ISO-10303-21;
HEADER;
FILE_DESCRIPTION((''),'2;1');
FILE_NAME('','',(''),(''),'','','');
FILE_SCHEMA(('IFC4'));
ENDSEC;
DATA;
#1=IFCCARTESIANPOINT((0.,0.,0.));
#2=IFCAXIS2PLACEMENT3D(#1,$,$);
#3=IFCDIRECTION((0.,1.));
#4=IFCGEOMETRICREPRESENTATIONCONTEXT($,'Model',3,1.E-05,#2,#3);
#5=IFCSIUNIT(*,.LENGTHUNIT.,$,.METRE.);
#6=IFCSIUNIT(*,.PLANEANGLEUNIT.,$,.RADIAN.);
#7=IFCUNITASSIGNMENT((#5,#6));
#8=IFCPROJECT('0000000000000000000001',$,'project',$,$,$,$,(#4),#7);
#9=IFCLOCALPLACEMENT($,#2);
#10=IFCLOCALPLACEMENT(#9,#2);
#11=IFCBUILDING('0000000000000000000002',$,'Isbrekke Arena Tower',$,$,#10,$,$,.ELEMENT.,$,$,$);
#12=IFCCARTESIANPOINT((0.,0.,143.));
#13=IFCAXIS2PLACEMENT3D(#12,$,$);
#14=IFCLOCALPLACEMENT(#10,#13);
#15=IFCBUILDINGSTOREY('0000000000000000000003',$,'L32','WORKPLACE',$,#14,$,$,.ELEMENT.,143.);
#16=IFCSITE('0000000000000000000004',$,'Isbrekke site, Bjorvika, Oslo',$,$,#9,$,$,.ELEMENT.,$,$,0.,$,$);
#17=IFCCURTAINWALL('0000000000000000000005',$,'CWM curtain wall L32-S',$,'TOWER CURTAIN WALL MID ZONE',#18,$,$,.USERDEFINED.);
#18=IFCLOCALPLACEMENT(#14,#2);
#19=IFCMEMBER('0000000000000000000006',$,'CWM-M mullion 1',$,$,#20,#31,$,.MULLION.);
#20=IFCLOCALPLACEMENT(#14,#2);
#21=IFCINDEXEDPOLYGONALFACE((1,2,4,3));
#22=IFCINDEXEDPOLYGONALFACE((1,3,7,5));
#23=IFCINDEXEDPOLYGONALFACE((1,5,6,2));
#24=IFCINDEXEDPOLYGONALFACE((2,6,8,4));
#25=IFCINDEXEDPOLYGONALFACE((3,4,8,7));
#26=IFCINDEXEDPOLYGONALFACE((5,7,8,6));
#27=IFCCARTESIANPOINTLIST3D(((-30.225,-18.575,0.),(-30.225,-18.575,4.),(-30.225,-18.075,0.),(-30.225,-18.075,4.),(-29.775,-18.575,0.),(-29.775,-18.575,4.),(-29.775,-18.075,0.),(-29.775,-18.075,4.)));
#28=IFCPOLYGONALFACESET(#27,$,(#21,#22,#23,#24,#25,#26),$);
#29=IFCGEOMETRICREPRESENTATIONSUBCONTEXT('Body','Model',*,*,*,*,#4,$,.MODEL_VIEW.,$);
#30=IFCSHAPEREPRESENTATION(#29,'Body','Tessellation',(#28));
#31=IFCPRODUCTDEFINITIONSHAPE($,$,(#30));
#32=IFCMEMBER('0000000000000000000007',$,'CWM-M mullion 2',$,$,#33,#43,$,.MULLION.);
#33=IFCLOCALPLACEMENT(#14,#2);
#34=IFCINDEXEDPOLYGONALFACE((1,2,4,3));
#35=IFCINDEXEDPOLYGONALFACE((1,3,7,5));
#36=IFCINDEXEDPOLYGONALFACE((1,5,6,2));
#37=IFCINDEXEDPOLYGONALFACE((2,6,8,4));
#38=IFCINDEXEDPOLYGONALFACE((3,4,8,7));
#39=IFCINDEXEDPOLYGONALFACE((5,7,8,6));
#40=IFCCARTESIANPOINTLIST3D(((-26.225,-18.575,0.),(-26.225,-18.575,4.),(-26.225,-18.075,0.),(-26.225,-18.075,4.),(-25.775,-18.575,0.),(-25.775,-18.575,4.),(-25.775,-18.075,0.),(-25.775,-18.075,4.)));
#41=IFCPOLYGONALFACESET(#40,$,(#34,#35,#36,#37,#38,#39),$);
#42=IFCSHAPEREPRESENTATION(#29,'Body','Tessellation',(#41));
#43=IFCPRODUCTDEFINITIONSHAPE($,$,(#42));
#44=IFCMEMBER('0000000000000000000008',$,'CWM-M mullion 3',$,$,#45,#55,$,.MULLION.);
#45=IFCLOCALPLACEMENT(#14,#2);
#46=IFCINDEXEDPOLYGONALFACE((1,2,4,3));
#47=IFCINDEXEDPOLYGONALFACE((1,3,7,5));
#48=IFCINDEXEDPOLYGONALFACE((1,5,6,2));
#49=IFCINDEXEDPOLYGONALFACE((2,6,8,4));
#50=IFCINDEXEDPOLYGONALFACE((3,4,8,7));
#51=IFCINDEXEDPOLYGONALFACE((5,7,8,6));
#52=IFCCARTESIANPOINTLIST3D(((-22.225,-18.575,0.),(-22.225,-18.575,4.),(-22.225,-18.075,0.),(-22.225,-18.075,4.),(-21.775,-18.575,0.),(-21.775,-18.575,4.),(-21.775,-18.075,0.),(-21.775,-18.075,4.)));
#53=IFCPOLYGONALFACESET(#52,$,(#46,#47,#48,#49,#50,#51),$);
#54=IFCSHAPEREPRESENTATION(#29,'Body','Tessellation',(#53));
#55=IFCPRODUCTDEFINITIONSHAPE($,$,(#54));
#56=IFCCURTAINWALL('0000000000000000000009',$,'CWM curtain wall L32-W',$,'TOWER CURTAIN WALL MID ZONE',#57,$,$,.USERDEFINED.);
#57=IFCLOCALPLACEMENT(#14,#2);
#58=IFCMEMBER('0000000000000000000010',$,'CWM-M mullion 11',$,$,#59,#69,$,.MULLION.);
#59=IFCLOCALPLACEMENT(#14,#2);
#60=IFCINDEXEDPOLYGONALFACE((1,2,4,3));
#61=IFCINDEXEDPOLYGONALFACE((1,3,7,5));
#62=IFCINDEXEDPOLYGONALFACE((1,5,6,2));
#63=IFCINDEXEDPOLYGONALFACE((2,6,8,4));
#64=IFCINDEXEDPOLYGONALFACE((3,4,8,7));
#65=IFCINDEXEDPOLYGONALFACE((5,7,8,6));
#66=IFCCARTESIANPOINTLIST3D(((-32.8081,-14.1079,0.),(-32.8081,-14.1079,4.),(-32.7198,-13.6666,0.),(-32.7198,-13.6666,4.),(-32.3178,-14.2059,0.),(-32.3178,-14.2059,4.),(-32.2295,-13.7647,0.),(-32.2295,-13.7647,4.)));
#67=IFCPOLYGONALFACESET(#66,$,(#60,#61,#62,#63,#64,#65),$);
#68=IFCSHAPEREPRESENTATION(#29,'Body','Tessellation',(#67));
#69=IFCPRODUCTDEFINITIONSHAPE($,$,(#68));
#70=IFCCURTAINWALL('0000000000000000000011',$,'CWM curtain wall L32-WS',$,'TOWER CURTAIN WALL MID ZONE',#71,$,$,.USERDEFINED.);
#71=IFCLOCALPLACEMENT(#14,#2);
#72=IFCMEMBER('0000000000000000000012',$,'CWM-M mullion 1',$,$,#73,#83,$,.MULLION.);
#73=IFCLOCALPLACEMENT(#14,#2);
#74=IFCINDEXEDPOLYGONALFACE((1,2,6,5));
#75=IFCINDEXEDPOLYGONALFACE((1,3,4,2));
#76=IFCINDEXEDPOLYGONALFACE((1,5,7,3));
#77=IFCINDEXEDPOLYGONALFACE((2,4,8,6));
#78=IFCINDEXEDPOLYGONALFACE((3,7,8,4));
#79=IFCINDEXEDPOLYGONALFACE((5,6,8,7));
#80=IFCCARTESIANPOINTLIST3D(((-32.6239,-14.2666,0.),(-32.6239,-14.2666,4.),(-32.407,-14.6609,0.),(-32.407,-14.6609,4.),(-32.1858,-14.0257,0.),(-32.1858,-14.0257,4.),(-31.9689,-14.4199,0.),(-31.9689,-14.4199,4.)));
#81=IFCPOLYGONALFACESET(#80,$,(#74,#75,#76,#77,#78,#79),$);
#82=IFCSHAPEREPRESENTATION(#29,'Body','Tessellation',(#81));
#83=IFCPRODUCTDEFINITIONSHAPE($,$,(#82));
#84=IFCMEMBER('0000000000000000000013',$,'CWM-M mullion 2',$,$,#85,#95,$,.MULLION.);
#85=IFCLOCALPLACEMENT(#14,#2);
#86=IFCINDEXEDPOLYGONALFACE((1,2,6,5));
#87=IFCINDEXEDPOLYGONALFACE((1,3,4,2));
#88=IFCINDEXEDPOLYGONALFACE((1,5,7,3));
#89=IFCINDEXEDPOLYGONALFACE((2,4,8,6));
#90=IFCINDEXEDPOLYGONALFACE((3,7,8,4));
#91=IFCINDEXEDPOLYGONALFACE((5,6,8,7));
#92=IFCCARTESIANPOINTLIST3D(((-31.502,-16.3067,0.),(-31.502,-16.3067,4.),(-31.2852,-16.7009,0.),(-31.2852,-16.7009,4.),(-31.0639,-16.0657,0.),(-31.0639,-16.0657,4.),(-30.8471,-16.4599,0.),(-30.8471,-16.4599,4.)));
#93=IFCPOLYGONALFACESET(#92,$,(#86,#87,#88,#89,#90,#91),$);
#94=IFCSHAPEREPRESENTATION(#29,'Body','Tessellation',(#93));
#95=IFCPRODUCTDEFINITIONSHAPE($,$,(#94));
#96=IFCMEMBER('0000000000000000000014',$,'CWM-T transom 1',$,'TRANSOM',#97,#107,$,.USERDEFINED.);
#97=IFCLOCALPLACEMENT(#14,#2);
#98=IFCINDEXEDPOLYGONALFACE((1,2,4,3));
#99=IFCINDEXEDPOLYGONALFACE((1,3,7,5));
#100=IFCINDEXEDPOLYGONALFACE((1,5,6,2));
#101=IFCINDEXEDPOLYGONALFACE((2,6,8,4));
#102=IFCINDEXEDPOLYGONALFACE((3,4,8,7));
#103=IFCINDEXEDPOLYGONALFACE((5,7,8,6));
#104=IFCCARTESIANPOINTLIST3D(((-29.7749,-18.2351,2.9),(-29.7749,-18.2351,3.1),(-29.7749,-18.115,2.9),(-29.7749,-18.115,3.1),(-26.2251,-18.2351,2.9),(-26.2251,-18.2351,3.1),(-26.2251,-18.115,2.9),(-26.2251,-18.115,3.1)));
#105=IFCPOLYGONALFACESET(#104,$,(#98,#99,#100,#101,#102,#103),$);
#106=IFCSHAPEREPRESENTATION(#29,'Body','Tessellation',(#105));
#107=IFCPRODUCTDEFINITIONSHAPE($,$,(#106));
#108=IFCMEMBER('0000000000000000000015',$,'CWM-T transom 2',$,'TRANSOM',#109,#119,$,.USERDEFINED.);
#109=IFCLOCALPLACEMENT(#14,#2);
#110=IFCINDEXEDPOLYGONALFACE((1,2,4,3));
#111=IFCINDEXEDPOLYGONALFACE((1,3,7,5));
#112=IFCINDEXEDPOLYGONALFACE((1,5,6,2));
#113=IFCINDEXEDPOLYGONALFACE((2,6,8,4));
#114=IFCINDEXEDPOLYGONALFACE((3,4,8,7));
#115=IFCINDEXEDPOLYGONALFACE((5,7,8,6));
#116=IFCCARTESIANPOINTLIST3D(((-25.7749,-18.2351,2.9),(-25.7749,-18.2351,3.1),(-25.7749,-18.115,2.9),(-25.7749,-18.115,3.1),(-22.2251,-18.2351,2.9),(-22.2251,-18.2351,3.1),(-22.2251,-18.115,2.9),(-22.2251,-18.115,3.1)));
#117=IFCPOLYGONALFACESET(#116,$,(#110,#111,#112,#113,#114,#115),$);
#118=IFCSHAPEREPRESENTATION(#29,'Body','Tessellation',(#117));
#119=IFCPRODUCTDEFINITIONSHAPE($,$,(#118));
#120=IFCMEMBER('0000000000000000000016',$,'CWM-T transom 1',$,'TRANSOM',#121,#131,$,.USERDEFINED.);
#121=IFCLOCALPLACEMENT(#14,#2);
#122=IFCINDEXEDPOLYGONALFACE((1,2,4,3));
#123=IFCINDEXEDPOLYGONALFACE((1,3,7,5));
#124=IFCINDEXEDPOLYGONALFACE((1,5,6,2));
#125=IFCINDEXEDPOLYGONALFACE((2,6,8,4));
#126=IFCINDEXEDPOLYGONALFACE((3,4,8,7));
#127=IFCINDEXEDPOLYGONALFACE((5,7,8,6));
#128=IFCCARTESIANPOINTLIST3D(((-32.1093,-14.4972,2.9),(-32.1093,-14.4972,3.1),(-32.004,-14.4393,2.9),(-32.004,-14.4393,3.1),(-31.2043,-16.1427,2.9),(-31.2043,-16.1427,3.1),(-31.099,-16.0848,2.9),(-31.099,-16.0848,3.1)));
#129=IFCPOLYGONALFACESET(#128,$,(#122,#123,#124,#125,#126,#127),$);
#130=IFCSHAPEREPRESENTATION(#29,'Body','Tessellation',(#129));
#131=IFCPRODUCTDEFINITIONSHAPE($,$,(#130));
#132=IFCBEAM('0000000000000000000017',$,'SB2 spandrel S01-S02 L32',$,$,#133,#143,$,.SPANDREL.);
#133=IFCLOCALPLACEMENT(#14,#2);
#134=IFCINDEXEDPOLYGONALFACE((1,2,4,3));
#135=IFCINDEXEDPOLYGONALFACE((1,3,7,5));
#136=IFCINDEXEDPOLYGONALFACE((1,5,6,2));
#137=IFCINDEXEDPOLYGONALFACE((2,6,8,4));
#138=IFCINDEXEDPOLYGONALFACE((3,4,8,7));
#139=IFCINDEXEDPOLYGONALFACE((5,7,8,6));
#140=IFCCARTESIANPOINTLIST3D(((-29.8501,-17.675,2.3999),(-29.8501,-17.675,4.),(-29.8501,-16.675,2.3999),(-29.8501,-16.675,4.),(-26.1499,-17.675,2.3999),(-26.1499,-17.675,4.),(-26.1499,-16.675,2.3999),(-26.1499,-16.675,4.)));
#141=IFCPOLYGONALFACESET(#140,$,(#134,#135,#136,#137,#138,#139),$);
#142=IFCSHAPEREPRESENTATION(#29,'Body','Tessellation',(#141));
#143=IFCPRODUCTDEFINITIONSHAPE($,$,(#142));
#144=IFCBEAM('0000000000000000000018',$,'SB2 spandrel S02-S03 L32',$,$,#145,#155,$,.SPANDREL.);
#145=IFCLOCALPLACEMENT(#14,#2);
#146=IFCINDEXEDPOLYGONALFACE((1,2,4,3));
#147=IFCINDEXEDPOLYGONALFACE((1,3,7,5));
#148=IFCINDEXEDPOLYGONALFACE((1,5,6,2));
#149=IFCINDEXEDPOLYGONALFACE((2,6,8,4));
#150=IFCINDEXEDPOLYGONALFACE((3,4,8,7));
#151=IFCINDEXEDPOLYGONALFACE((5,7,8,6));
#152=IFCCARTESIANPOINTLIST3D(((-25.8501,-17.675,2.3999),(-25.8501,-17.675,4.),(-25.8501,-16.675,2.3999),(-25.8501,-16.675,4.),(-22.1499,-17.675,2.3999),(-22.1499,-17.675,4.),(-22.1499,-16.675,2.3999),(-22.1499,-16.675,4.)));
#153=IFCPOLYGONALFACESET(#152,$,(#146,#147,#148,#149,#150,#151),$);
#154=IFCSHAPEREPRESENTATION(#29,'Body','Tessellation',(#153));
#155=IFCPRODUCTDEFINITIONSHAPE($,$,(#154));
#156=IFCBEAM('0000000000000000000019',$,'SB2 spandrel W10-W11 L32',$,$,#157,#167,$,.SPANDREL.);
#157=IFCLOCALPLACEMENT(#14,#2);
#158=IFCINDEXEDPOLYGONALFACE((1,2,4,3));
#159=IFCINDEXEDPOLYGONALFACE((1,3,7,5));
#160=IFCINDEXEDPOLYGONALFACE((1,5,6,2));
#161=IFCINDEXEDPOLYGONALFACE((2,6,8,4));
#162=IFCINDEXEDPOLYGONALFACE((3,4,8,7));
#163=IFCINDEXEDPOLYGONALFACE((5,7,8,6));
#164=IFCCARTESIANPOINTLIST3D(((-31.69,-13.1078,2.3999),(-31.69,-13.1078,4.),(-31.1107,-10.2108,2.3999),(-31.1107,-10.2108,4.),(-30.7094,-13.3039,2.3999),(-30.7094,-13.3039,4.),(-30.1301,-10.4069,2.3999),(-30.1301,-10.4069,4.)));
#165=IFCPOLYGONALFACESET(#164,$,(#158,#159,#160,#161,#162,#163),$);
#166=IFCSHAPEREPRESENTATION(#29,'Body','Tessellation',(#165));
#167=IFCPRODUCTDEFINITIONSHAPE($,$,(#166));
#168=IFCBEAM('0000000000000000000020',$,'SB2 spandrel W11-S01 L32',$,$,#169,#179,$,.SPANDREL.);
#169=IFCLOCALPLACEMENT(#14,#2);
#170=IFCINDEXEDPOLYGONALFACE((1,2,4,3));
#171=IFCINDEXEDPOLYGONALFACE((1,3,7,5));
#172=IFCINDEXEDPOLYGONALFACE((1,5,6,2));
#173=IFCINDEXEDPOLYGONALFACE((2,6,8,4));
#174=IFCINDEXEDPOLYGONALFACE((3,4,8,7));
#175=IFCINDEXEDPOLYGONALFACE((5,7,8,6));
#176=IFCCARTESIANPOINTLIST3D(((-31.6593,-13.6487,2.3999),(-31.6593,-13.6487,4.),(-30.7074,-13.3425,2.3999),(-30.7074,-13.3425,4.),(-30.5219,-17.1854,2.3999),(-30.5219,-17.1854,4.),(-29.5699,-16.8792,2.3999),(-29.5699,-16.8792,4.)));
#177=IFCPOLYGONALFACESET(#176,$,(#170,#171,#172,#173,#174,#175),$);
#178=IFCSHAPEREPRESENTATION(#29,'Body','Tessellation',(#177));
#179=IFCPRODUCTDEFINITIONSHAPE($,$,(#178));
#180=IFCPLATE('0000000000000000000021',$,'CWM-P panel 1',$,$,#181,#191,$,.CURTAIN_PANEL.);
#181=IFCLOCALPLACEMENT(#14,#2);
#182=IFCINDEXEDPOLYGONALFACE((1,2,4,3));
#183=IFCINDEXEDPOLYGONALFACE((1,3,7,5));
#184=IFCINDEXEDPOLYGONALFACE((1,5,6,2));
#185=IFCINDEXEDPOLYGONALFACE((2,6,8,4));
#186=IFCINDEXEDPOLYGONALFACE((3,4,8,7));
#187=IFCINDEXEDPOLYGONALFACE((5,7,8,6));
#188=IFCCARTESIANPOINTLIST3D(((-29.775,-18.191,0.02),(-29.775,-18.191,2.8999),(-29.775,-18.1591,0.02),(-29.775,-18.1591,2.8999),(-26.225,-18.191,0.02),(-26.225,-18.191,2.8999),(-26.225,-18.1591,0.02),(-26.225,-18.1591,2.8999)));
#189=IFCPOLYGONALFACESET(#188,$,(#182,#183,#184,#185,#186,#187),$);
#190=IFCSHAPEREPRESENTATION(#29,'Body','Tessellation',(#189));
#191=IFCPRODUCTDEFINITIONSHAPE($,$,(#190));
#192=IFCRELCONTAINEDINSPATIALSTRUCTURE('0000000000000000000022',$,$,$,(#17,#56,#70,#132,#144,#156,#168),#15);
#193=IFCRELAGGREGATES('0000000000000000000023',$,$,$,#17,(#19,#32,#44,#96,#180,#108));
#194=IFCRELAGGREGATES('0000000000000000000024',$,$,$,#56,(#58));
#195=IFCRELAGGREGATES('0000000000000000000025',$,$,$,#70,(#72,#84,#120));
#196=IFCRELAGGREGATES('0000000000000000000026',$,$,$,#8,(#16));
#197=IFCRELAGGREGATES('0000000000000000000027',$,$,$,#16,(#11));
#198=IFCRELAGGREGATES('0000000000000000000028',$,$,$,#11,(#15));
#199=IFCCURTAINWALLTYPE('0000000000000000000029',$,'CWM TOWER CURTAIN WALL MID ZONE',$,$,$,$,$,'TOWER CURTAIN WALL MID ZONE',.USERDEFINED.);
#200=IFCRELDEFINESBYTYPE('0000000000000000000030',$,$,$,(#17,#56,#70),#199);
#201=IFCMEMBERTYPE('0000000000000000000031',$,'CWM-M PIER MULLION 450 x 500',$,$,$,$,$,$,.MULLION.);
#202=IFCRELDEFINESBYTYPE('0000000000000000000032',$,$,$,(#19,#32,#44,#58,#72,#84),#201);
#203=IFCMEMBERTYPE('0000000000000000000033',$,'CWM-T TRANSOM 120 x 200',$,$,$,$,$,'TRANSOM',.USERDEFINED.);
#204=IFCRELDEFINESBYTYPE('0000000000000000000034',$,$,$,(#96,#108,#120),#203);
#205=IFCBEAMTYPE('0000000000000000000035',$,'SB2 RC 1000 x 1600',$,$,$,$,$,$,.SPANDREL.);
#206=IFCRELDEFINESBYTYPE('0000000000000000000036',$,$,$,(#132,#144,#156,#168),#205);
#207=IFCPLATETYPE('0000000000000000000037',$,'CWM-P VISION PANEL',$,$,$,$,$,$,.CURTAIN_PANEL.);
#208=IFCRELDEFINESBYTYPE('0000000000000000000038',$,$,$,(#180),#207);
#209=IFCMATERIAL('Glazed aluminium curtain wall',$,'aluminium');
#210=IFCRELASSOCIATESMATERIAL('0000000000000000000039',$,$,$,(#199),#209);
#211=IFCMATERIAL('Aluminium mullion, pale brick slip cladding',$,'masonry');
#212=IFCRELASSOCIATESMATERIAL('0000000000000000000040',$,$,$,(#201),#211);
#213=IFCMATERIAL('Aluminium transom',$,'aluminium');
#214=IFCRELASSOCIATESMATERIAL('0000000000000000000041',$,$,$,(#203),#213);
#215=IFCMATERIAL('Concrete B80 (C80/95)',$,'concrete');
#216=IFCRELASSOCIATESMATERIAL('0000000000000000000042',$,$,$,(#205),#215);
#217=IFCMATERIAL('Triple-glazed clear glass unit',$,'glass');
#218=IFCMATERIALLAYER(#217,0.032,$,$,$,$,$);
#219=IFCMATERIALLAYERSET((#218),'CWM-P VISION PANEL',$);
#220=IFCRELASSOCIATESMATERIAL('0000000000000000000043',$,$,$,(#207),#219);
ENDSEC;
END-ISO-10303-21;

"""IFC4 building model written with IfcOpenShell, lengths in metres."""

from ifc_helpers import new_model, si_unit, direction, frame, origin, origin_2d, place, context, subcontext, project, spatial, rectangle, extrude, material, layer, layer_set, material_profile, profile_set, type_object, element, aggregate, save


model = new_model("IFC4")

# Units and contexts
model_context = context("Model", 3, precision=1e-05, world=origin(), true_north=direction((0.0, 1.0)))
body_context = subcontext(model_context, "Body", "Model", "MODEL_VIEW")
ifc_project = project(units=[si_unit("LENGTHUNIT", "METRE"), si_unit("PLANEANGLEUNIT", "RADIAN")], contexts=[model_context])

# Site, building, storey
site_placement = place(None, origin())
site = spatial("IfcSite", under=ifc_project, at=site_placement, Name="Isbrekke site, Bjorvika, Oslo", CompositionType="ELEMENT", RefElevation=0.0)
building_placement = place(site_placement, origin())
building = spatial("IfcBuilding", under=site, at=building_placement, Name="Isbrekke Arena Tower", CompositionType="ELEMENT")
storey_placement = place(building_placement, frame((0.0, 0.0, 143.0)))
storey = spatial("IfcBuildingStorey", under=building, at=storey_placement, Name="L32", Description="WORKPLACE", CompositionType="ELEMENT", Elevation=143.0)

# Curtain wall, members
ifc_material_1 = material(Name="Glazed aluminium curtain wall", Category="aluminium")
curtain_wall_type = type_object("IfcCurtainWallType", Name="CWM TOWER CURTAIN WALL MID ZONE", ElementType="TOWER CURTAIN WALL MID ZONE", PredefinedType="USERDEFINED", material=ifc_material_1)
curtain_wall_1_placement = place(storey_placement, origin())
curtain_wall_1 = element("IfcCurtainWall", 1, at=curtain_wall_1_placement, inside=storey, type_object=curtain_wall_type, Name="CWM curtain wall L32-S", ObjectType="TOWER CURTAIN WALL MID ZONE", PredefinedType="USERDEFINED")
ifc_material_2 = material(Name="Aluminium mullion, pale brick slip cladding", Category="masonry")
ifc_material_profile_1 = material_profile(ifc_material_2, rectangle(XDim=0.45, YDim=0.5, at=origin_2d()), Name="PIER 450X500")
ifc_profile_set_1 = profile_set([ifc_material_profile_1], Name="Aluminium mullion, pale brick slip cladding")
member_type_1 = type_object("IfcMemberType", Name="CWM-M PIER MULLION 450 x 500", PredefinedType="MULLION", material=ifc_profile_set_1)
member_1_placement = place(storey_placement, frame((-30.0, -18.325, 0.0), z_axis=(0.0, 0.0, 1.0), x_axis=(1.0, 0.0, 0.0)))
member_1 = element("IfcMember", 2, at=member_1_placement, type_object=member_type_1, Name="CWM-M mullion 1", PredefinedType="MULLION", context=body_context, shape_type="SweptSolid", body=[
    extrude(rectangle(XDim=0.45, YDim=0.5, at=origin_2d()), origin(), (0.0, 0.0, 1.0), 4.0),
])
member_2_placement = place(storey_placement, frame((-26.0, -18.325, 0.0), z_axis=(0.0, 0.0, 1.0), x_axis=(1.0, 0.0, 0.0)))
member_2 = element("IfcMember", 3, at=member_2_placement, type_object=member_type_1, Name="CWM-M mullion 2", PredefinedType="MULLION", context=body_context, shape_type="SweptSolid", body=[
    extrude(rectangle(XDim=0.45, YDim=0.5, at=origin_2d()), origin(), (0.0, 0.0, 1.0), 4.0),
])
member_3_placement = place(storey_placement, frame((-22.0, -18.325, 0.0), z_axis=(0.0, 0.0, 1.0), x_axis=(1.0, 0.0, 0.0)))
member_3 = element("IfcMember", 4, at=member_3_placement, type_object=member_type_1, Name="CWM-M mullion 3", PredefinedType="MULLION", context=body_context, shape_type="SweptSolid", body=[
    extrude(rectangle(XDim=0.45, YDim=0.5, at=origin_2d()), origin(), (0.0, 0.0, 1.0), 4.0),
])

# Curtain wall, member
curtain_wall_2_placement = place(storey_placement, origin())
curtain_wall_2 = element("IfcCurtainWall", 5, at=curtain_wall_2_placement, inside=storey, type_object=curtain_wall_type, Name="CWM curtain wall L32-W", ObjectType="TOWER CURTAIN WALL MID ZONE", PredefinedType="USERDEFINED")
member_4_placement = place(storey_placement, frame((-32.5188, -13.9363, 0.0), z_axis=(0.0, 0.0, 1.0), x_axis=(-0.196116, -0.980581, 0.0)))
member_4 = element("IfcMember", 6, at=member_4_placement, type_object=member_type_1, Name="CWM-M mullion 11", PredefinedType="MULLION", context=body_context, shape_type="SweptSolid", body=[
    extrude(rectangle(XDim=0.45, YDim=0.5, at=origin_2d()), origin(), (0.0, 0.0, 1.0), 4.0),
])

# Curtain wall, members
curtain_wall_3_placement = place(storey_placement, origin())
curtain_wall_3 = element("IfcCurtainWall", 7, at=curtain_wall_3_placement, inside=storey, type_object=curtain_wall_type, Name="CWM curtain wall L32-WS", ObjectType="TOWER CURTAIN WALL MID ZONE", PredefinedType="USERDEFINED")
member_5_placement = place(storey_placement, frame((-32.2964, -14.3433, 0.0), z_axis=(0.0, 0.0, 1.0), x_axis=(0.481919, -0.876216, 0.0)))
member_5 = element("IfcMember", 8, at=member_5_placement, type_object=member_type_1, Name="CWM-M mullion 1", PredefinedType="MULLION", context=body_context, shape_type="SweptSolid", body=[
    extrude(rectangle(XDim=0.45, YDim=0.5, at=origin_2d()), origin(), (0.0, 0.0, 1.0), 4.0),
])
member_6_placement = place(storey_placement, frame((-31.1746, -16.3833, 0.0), z_axis=(0.0, 0.0, 1.0), x_axis=(0.481919, -0.876216, 0.0)))
member_6 = element("IfcMember", 9, at=member_6_placement, type_object=member_type_1, Name="CWM-M mullion 2", PredefinedType="MULLION", context=body_context, shape_type="SweptSolid", body=[
    extrude(rectangle(XDim=0.45, YDim=0.5, at=origin_2d()), origin(), (0.0, 0.0, 1.0), 4.0),
])

# Members
ifc_material_3 = material(Name="Aluminium transom", Category="aluminium")
ifc_material_profile_2 = material_profile(ifc_material_3, rectangle(XDim=0.1201, YDim=0.2, at=origin_2d()), Name="TRANSOM 120X200")
ifc_profile_set_2 = profile_set([ifc_material_profile_2], Name="Aluminium transom")
member_type_2 = type_object("IfcMemberType", Name="CWM-T TRANSOM 120 x 200", ElementType="TRANSOM", PredefinedType="USERDEFINED", material=ifc_profile_set_2)
member_7_placement = place(storey_placement, frame((-29.7749, -18.175, 3.0), z_axis=(1.0, 0.0, 0.0), x_axis=(0.0, 1.0, 0.0)))
member_7 = element("IfcMember", 10, at=member_7_placement, type_object=member_type_2, Name="CWM-T transom 1", ObjectType="TRANSOM", PredefinedType="USERDEFINED", context=body_context, shape_type="SweptSolid", body=[
    extrude(rectangle(XDim=0.1201, YDim=0.2, at=origin_2d()), origin(), (0.0, 0.0, 1.0), 3.5498),
])
member_8_placement = place(storey_placement, frame((-25.7749, -18.175, 3.0), z_axis=(1.0, 0.0, 0.0), x_axis=(0.0, 1.0, 0.0)))
member_8 = element("IfcMember", 11, at=member_8_placement, type_object=member_type_2, Name="CWM-T transom 2", ObjectType="TRANSOM", PredefinedType="USERDEFINED", context=body_context, shape_type="SweptSolid", body=[
    extrude(rectangle(XDim=0.1201, YDim=0.2, at=origin_2d()), origin(), (0.0, 0.0, 1.0), 3.5498),
])
member_9_placement = place(storey_placement, frame((-32.0566, -14.4683, 3.0), z_axis=(0.481919, -0.876216, 0.0), x_axis=(0.876216, 0.481919, 0.0)))
member_9 = element("IfcMember", 12, at=member_9_placement, type_object=member_type_2, Name="CWM-T transom 1", ObjectType="TRANSOM", PredefinedType="USERDEFINED", context=body_context, shape_type="SweptSolid", body=[
    extrude(rectangle(XDim=0.1201, YDim=0.2, at=origin_2d()), origin(), (0.0, 0.0, 1.0), 1.8779),
])

# Beams
ifc_material_4 = material(Name="Concrete B80 (C80/95)", Category="concrete")
ifc_material_profile_3 = material_profile(ifc_material_4, rectangle(XDim=1.0, YDim=1.6001, at=origin_2d()), Name="RC 1000x1600")
ifc_profile_set_3 = profile_set([ifc_material_profile_3], Name="Concrete B80 (C80/95)")
beam_type_1 = type_object("IfcBeamType", Name="SB2 RC 1000 x 1600", PredefinedType="SPANDREL", material=ifc_profile_set_3)
for number, where, z_axis, x_axis, name in (
    (13, (-29.8501, -17.175, 3.2), (1.0, 0.0, 0.0), (0.0, 1.0, 0.0), "SB2 spandrel S01-S02 L32"),
    (14, (-25.8501, -17.175, 3.2), (1.0, 0.0, 0.0), (0.0, 1.0, 0.0), "SB2 spandrel S02-S03 L32"),
):
    element("IfcBeam", number, at=place(storey_placement, frame(where, z_axis=z_axis, x_axis=x_axis)), inside=storey, type_object=beam_type_1, Name=name, PredefinedType="SPANDREL", context=body_context, shape_type="SweptSolid", body=[
        extrude(rectangle(XDim=1.0, YDim=1.6001, at=origin_2d()), origin(), (0.0, 0.0, 1.0), 3.7002),
    ])
beam_1_placement = place(storey_placement, frame((-30.6204, -10.3088, 3.2), z_axis=(-0.1961, -0.980584, 0.0), x_axis=(0.980584, -0.1961, 0.0)))
element("IfcBeam", 15, at=beam_1_placement, inside=storey, type_object=beam_type_1, Name="SB2 spandrel W10-W11 L32", PredefinedType="SPANDREL", context=body_context, shape_type="SweptSolid", body=[
    extrude(rectangle(XDim=1.0, YDim=1.6001, at=origin_2d()), origin(), (0.0, 0.0, 1.0), 2.9543),
])
beam_2_placement = place(storey_placement, frame((-31.1833, -13.4956, 3.2), z_axis=(0.306175, -0.951975, 0.0), x_axis=(0.951975, 0.306175, 0.0)))
element("IfcBeam", 16, at=beam_2_placement, inside=storey, type_object=beam_type_1, Name="SB2 spandrel W11-S01 L32", PredefinedType="SPANDREL", context=body_context, shape_type="SweptSolid", body=[
    extrude(rectangle(XDim=1.0, YDim=1.6001, at=origin_2d()), origin(), (0.0, 0.0, 1.0), 3.7151),
])

# Plate
ifc_material_5 = material(Name="Triple-glazed clear glass unit", Category="glass")
ifc_layer = layer(ifc_material_5, 0.032)
ifc_layer_set = layer_set([ifc_layer], Name="CWM-P VISION PANEL")
plate_type = type_object("IfcPlateType", Name="CWM-P VISION PANEL", PredefinedType="CURTAIN_PANEL", material=ifc_layer_set)
plate_1_placement = place(storey_placement, frame((-28.0, -18.175, 0.02), z_axis=(0.0, 0.0, 1.0), x_axis=(1.0, 0.0, 0.0)))
plate_1 = element("IfcPlate", 17, at=plate_1_placement, type_object=plate_type, Name="CWM-P panel 1", PredefinedType="CURTAIN_PANEL", context=body_context, shape_type="SweptSolid", body=[
    extrude(rectangle(XDim=3.55, YDim=0.032, at=origin_2d()), origin(), (0.0, 0.0, 1.0), 2.8799),
])
aggregate(curtain_wall_1, [member_1, member_2, member_3, member_7, plate_1, member_8])
aggregate(curtain_wall_2, [member_4])
aggregate(curtain_wall_3, [member_5, member_6, member_9])

save(model, "model.ifc")
